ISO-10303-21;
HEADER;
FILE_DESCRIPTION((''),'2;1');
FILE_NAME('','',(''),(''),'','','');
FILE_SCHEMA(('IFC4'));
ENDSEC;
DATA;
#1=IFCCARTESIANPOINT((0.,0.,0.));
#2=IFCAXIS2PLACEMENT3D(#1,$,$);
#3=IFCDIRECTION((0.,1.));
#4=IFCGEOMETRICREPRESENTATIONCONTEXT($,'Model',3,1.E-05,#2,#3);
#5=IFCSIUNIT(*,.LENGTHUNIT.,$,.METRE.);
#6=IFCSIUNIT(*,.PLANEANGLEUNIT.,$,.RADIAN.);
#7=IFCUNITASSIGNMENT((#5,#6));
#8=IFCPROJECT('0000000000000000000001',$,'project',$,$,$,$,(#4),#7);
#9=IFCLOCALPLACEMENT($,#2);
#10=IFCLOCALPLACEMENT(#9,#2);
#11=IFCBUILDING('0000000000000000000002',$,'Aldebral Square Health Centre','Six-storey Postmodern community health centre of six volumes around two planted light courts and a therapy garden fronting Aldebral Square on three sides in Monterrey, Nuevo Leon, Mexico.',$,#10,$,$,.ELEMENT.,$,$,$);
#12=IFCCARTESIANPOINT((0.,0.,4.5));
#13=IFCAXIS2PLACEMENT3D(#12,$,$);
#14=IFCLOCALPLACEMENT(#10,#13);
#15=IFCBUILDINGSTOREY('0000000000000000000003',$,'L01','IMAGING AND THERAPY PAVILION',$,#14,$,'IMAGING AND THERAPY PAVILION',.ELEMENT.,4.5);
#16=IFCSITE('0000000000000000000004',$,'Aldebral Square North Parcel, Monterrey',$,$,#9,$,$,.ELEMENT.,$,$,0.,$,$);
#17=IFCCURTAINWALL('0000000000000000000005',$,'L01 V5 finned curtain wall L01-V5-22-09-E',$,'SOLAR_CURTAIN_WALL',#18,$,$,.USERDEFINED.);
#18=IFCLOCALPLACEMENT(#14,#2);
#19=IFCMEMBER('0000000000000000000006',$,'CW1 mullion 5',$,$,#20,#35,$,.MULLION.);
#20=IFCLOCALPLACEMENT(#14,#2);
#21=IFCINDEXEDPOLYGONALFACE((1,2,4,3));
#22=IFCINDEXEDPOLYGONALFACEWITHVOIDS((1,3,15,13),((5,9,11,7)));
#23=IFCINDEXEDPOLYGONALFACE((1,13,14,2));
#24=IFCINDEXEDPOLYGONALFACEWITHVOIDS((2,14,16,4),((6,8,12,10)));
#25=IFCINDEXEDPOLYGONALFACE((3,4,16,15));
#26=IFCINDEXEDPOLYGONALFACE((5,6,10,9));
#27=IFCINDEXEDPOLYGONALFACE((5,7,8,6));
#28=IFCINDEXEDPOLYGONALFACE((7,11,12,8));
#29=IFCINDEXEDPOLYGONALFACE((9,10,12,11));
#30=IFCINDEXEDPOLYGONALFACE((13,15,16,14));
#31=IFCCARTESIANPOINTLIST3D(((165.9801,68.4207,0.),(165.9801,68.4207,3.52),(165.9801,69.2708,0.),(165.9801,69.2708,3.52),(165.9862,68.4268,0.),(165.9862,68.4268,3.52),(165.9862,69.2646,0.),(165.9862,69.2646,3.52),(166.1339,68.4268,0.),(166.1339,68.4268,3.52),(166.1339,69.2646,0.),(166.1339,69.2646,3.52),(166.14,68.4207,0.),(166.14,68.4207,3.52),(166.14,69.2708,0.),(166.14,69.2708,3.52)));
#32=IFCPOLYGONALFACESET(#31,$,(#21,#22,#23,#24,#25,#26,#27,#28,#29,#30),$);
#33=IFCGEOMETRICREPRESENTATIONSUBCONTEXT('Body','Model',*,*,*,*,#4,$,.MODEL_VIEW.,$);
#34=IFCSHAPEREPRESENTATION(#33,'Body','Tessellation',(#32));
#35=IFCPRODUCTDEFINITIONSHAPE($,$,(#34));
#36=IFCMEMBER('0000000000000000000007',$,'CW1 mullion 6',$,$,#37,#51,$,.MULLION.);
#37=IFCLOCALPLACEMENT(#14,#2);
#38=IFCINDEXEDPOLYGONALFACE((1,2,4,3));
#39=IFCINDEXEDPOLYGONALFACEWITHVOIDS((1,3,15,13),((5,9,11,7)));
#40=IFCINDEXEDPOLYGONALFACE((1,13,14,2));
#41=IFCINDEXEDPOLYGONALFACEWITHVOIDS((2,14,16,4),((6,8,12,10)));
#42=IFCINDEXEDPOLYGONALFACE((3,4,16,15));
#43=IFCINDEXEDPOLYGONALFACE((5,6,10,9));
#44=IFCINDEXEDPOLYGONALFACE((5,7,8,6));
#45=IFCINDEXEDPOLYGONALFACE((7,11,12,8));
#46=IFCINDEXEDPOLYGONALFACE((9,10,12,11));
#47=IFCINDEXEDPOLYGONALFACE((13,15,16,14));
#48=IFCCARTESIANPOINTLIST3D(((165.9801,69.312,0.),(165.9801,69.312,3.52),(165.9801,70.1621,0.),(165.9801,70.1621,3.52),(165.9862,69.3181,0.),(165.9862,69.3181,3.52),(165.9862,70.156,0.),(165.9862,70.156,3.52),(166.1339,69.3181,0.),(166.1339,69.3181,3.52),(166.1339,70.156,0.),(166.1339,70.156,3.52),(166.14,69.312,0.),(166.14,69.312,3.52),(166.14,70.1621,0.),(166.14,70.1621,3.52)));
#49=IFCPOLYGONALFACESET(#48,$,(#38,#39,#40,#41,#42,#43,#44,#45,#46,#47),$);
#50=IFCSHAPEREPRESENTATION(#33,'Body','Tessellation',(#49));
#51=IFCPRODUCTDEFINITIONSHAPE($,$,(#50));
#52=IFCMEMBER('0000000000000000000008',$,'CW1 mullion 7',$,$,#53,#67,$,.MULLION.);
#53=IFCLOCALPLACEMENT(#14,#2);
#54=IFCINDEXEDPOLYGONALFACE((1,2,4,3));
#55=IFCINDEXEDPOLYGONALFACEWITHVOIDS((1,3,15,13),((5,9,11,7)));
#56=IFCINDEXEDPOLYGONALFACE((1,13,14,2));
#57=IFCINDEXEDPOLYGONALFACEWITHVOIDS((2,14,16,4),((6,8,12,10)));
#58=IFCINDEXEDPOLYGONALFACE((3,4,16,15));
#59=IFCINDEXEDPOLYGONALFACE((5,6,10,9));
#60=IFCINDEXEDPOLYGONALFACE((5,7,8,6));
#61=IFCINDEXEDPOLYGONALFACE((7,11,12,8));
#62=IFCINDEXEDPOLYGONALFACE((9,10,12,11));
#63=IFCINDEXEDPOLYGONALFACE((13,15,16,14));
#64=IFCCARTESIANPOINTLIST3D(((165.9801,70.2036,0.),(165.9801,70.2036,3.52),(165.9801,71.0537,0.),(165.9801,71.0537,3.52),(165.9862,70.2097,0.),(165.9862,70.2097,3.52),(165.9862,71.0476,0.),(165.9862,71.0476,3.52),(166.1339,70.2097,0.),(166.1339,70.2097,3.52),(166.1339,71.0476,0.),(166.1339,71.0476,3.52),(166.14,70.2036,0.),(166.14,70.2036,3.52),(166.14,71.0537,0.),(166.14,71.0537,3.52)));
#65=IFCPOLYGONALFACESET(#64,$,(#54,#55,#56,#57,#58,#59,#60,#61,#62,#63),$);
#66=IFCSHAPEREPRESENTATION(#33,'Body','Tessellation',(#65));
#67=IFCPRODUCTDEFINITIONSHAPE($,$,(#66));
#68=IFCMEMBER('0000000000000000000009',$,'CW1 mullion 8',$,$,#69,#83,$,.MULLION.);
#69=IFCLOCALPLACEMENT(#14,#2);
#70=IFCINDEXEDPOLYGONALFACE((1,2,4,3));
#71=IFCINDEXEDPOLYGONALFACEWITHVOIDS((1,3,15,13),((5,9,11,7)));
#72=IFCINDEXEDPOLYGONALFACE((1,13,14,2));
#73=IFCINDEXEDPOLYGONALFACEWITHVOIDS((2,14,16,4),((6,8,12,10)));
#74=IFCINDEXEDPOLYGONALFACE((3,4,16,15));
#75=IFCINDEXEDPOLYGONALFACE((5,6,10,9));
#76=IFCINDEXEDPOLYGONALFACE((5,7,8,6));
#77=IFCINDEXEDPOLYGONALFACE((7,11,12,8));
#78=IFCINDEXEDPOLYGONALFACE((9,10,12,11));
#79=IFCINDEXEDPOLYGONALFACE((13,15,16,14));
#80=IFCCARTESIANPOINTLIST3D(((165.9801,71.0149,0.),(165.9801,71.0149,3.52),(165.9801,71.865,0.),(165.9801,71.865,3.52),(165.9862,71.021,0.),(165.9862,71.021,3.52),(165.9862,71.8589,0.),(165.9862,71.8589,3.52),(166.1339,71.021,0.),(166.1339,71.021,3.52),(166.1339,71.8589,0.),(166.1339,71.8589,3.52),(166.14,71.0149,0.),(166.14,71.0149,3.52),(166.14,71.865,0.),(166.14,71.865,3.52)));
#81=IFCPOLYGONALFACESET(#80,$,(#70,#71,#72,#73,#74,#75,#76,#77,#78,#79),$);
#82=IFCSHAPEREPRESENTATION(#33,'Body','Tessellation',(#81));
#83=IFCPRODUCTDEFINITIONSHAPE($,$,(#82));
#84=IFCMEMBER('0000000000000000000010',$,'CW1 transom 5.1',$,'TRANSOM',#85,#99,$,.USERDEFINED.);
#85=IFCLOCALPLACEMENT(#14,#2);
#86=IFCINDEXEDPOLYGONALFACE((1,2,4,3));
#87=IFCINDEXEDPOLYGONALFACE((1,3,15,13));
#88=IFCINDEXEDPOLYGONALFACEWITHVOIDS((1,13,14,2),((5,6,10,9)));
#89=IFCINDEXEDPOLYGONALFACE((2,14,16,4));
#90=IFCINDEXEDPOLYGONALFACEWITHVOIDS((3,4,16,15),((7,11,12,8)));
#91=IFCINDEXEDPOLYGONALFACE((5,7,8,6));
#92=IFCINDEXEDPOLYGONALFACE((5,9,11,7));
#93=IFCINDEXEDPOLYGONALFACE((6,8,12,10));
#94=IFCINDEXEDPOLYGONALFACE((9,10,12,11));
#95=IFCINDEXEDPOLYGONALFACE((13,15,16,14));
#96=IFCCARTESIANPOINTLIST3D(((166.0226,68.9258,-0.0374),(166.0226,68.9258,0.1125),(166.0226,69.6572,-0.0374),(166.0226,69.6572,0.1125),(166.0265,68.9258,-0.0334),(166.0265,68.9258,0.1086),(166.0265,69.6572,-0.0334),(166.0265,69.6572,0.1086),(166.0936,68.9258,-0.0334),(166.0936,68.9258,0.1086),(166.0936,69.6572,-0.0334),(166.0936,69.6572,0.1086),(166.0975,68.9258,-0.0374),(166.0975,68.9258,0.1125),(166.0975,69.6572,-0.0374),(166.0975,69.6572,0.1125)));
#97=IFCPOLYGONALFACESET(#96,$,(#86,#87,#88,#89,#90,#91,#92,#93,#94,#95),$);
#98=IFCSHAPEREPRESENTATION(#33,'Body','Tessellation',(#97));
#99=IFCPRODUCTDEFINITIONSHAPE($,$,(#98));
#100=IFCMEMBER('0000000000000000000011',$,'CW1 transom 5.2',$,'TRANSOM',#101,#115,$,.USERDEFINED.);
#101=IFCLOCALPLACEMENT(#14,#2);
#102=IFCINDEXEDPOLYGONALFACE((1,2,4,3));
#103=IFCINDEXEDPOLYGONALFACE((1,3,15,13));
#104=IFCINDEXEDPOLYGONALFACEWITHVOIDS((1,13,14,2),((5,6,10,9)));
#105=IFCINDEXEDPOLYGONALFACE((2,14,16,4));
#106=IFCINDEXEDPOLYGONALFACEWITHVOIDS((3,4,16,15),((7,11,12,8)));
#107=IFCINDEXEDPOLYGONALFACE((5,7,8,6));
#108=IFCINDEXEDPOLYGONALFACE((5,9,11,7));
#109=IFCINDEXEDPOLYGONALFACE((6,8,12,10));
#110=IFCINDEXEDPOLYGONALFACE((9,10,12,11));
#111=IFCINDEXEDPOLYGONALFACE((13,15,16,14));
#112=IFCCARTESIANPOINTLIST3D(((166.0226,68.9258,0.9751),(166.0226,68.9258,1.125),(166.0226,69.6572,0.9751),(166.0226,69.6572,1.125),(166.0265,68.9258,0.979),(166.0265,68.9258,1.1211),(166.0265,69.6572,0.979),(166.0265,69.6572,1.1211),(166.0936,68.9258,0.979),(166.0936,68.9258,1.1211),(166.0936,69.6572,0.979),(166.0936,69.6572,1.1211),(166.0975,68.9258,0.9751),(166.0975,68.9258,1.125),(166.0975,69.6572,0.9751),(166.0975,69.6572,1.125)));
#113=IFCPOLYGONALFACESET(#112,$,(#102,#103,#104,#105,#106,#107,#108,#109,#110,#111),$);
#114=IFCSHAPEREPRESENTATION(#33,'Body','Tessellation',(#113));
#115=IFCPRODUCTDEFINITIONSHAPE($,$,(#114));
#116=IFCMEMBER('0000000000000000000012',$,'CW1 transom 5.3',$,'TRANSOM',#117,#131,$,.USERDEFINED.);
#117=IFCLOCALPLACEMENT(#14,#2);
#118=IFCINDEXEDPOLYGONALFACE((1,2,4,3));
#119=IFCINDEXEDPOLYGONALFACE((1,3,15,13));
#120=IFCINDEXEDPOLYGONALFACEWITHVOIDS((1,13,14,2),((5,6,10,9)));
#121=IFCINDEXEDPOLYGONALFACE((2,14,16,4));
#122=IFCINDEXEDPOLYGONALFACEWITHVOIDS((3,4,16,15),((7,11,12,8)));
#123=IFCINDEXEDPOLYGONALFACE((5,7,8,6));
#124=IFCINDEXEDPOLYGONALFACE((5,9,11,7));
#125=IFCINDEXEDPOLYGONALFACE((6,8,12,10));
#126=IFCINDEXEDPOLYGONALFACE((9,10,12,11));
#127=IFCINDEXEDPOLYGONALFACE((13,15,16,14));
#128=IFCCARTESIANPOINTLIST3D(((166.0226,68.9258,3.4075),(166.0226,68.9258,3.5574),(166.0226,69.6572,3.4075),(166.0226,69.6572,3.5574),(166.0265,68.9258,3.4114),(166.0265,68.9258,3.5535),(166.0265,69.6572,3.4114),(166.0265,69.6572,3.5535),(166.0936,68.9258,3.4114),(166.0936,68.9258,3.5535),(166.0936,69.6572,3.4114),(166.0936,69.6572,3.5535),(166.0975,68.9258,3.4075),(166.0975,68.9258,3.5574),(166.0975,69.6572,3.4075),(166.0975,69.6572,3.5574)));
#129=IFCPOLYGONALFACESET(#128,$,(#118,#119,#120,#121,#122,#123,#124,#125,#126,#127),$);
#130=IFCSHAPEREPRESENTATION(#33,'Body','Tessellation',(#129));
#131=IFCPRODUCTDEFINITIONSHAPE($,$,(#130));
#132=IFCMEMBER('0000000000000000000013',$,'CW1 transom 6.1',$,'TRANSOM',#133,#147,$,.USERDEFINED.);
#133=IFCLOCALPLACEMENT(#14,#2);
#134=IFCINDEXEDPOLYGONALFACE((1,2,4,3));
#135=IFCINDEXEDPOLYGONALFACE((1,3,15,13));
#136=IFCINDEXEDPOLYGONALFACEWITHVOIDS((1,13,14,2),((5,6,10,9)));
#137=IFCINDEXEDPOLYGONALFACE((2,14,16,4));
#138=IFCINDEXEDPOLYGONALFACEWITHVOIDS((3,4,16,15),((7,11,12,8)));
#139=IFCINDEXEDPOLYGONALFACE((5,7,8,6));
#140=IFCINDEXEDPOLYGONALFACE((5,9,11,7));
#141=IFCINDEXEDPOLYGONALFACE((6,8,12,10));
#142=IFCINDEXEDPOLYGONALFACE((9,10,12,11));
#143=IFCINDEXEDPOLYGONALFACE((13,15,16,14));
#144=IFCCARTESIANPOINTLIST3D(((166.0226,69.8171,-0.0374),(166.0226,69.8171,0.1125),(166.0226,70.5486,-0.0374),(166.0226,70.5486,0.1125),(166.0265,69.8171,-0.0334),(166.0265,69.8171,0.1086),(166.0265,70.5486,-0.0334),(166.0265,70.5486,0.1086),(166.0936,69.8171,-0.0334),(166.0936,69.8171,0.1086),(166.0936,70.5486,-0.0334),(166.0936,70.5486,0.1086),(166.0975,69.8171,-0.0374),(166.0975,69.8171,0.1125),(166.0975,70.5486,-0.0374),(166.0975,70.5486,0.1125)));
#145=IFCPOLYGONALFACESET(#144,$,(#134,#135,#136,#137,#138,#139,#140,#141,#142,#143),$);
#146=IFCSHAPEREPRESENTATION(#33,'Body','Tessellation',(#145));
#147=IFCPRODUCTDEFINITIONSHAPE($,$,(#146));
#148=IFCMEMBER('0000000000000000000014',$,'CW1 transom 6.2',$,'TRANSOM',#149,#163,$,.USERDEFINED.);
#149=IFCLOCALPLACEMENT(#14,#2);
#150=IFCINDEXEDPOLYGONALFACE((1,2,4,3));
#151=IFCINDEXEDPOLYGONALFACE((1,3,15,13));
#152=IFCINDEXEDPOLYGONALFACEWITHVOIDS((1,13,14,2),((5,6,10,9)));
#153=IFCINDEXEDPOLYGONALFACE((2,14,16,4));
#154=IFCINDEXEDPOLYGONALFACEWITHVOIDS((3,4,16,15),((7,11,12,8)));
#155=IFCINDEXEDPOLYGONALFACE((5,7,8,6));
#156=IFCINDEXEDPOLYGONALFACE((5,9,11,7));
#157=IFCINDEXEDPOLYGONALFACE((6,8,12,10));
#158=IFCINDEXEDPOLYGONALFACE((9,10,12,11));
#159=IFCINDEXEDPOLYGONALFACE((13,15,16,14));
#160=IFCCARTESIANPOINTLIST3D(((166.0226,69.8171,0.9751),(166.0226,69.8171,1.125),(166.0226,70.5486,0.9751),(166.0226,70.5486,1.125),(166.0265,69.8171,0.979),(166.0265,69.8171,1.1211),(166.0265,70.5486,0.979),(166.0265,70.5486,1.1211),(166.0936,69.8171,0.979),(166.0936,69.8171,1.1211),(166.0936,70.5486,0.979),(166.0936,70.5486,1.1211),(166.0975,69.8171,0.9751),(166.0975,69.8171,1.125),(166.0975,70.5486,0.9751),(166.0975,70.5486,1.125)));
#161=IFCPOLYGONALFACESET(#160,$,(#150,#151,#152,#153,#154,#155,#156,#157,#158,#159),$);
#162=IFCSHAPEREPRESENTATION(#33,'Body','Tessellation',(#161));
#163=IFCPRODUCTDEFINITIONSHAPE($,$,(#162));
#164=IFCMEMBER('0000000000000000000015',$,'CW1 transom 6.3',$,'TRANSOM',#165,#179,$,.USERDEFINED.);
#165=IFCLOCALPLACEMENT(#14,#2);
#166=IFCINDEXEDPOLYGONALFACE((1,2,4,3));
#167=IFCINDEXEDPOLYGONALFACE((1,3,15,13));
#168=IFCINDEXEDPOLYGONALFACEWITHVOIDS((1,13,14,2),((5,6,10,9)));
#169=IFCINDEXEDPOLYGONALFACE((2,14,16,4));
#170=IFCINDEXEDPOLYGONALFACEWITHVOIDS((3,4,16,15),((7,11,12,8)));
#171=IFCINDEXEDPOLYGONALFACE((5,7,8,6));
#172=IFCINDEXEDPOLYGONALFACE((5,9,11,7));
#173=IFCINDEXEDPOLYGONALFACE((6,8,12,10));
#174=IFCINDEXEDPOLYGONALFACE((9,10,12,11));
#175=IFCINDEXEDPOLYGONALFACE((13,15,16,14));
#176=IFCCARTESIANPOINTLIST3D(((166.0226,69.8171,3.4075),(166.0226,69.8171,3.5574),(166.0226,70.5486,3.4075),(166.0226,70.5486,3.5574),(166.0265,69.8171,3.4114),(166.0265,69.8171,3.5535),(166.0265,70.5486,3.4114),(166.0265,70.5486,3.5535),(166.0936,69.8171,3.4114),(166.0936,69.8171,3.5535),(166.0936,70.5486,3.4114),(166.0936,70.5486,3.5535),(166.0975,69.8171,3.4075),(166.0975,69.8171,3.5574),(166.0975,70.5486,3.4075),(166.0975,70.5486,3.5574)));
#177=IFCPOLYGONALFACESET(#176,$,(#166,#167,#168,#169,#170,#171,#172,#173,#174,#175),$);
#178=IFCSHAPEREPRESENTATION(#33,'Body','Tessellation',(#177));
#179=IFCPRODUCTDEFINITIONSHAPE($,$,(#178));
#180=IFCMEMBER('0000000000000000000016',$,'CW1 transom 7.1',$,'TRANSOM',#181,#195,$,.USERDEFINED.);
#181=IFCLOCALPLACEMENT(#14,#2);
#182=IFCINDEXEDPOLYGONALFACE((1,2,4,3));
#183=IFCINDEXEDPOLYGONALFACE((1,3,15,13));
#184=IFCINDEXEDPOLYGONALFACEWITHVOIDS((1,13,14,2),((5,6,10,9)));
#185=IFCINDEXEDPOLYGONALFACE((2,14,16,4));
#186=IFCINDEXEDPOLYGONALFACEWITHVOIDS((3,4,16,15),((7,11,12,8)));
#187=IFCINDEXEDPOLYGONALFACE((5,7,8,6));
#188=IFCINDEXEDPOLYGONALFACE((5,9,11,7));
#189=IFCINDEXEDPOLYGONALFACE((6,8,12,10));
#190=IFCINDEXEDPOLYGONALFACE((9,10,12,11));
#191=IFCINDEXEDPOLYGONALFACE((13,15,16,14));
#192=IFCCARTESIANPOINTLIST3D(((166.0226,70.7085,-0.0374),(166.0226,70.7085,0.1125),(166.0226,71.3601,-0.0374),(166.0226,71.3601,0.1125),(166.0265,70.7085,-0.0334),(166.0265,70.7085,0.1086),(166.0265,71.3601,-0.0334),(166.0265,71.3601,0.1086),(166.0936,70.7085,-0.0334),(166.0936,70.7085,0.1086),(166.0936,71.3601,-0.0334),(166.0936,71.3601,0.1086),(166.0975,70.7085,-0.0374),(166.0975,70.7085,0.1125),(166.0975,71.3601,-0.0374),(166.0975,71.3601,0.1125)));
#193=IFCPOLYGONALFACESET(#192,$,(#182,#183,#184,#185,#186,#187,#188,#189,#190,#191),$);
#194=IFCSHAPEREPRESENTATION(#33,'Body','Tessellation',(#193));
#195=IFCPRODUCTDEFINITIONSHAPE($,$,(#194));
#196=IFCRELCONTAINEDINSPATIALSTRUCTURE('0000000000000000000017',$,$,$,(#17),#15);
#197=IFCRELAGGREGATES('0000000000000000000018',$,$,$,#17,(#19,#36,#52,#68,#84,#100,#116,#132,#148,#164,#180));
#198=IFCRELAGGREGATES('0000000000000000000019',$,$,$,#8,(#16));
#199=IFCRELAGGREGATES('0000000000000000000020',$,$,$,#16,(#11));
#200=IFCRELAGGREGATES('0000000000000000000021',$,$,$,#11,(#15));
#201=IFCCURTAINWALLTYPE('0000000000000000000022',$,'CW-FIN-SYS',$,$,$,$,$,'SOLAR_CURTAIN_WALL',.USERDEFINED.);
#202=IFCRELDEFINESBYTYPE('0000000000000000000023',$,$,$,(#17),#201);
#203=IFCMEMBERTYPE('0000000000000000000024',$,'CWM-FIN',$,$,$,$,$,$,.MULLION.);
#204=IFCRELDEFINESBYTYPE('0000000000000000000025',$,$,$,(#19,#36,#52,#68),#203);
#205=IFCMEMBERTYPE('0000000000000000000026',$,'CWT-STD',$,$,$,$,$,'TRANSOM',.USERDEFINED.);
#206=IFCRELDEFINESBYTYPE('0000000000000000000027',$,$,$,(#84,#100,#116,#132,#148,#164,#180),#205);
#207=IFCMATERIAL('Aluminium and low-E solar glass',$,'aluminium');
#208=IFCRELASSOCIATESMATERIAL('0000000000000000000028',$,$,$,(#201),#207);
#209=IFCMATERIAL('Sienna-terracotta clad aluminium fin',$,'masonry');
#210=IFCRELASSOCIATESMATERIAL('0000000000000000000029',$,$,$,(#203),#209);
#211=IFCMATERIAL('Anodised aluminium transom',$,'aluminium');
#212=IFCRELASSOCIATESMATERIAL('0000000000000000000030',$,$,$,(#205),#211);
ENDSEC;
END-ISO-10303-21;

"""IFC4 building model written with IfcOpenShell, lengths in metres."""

from ifc_helpers import new_model, si_unit, direction, frame, origin, origin_2d, place, context, subcontext, project, spatial, hollow_rectangle, extrude, material, material_profile, profile_set, type_object, element, aggregate, save


model = new_model("IFC4")

# Units and contexts
model_context = context("Model", 3, precision=1e-05, world=origin(), true_north=direction((0.0, 1.0)))
body_context = subcontext(model_context, "Body", "Model", "MODEL_VIEW")
ifc_project = project(units=[si_unit("LENGTHUNIT", "METRE"), si_unit("PLANEANGLEUNIT", "RADIAN")], contexts=[model_context])

# Site, building, storey
site_placement = place(None, origin())
site = spatial("IfcSite", under=ifc_project, at=site_placement, Name="Aldebral Square North Parcel, Monterrey", CompositionType="ELEMENT", RefElevation=0.0)
building_placement = place(site_placement, origin())
building = spatial("IfcBuilding", under=site, at=building_placement, Name="Aldebral Square Health Centre", Description="Six-storey Postmodern community health centre of six volumes around two planted light courts and a therapy garden fronting Aldebral Square on three sides in Monterrey, Nuevo Leon, Mexico.", CompositionType="ELEMENT")
storey_placement = place(building_placement, frame((0.0, 0.0, 4.5)))
storey = spatial("IfcBuildingStorey", under=building, at=storey_placement, Name="L01", Description="IMAGING AND THERAPY PAVILION", LongName="IMAGING AND THERAPY PAVILION", CompositionType="ELEMENT", Elevation=4.5)

# Curtain wall, members
ifc_material_1 = material(Name="Aluminium and low-E solar glass", Category="aluminium")
curtain_wall_type = type_object("IfcCurtainWallType", Name="CW-FIN-SYS", ElementType="SOLAR_CURTAIN_WALL", PredefinedType="USERDEFINED", material=ifc_material_1)
curtain_wall_placement = place(storey_placement, origin())
curtain_wall = element("IfcCurtainWall", 1, at=curtain_wall_placement, inside=storey, type_object=curtain_wall_type, Name="L01 V5 finned curtain wall L01-V5-22-09-E", ObjectType="SOLAR_CURTAIN_WALL", PredefinedType="USERDEFINED")
ifc_material_2 = material(Name="Sienna-terracotta clad aluminium fin", Category="masonry")
ifc_material_profile_1 = material_profile(ifc_material_2, hollow_rectangle(XDim=0.1599, YDim=0.8501, WallThickness=0.0061, at=origin_2d()), Name="FIN 160x850x6")
ifc_profile_set_1 = profile_set([ifc_material_profile_1], Name="Sienna-terracotta clad aluminium fin")
member_type_1 = type_object("IfcMemberType", Name="CWM-FIN", PredefinedType="MULLION", material=ifc_profile_set_1)
member_1_placement = place(storey_placement, frame((166.0601, 68.8457, 0.0), z_axis=(0.0, 0.0, 1.0), x_axis=(-1.0, 0.0, 0.0)))
member_1 = element("IfcMember", 2, at=member_1_placement, type_object=member_type_1, Name="CW1 mullion 5", PredefinedType="MULLION", context=body_context, shape_type="SweptSolid", body=[
    extrude(hollow_rectangle(XDim=0.1599, YDim=0.8501, WallThickness=0.0061, at=origin_2d()), origin(), (0.0, 0.0, 1.0), 3.52),
])
member_2_placement = place(storey_placement, frame((166.0601, 69.7371, 0.0), z_axis=(0.0, 0.0, 1.0), x_axis=(-1.0, 0.0, 0.0)))
member_2 = element("IfcMember", 3, at=member_2_placement, type_object=member_type_1, Name="CW1 mullion 6", PredefinedType="MULLION", context=body_context, shape_type="SweptSolid", body=[
    extrude(hollow_rectangle(XDim=0.1599, YDim=0.8501, WallThickness=0.0061, at=origin_2d()), origin(), (0.0, 0.0, 1.0), 3.52),
])
member_3_placement = place(storey_placement, frame((166.0601, 70.6287, 0.0), z_axis=(0.0, 0.0, 1.0), x_axis=(-1.0, 0.0, 0.0)))
member_3 = element("IfcMember", 4, at=member_3_placement, type_object=member_type_1, Name="CW1 mullion 7", PredefinedType="MULLION", context=body_context, shape_type="SweptSolid", body=[
    extrude(hollow_rectangle(XDim=0.1599, YDim=0.8501, WallThickness=0.0061, at=origin_2d()), origin(), (0.0, 0.0, 1.0), 3.52),
])
member_4_placement = place(storey_placement, frame((166.0601, 71.4399, 0.0), z_axis=(0.0, 0.0, 1.0), x_axis=(-1.0, 0.0, 0.0)))
member_4 = element("IfcMember", 5, at=member_4_placement, type_object=member_type_1, Name="CW1 mullion 8", PredefinedType="MULLION", context=body_context, shape_type="SweptSolid", body=[
    extrude(hollow_rectangle(XDim=0.1599, YDim=0.8501, WallThickness=0.0061, at=origin_2d()), origin(), (0.0, 0.0, 1.0), 3.52),
])
ifc_material_3 = material(Name="Anodised aluminium transom", Category="aluminium")
ifc_material_profile_2 = material_profile(ifc_material_3, hollow_rectangle(XDim=0.075, YDim=0.1499, WallThickness=0.0039, at=origin_2d()), Name="CWT 75x150x4")
ifc_profile_set_2 = profile_set([ifc_material_profile_2], Name="Anodised aluminium transom")
member_type_2 = type_object("IfcMemberType", Name="CWT-STD", ElementType="TRANSOM", PredefinedType="USERDEFINED", material=ifc_profile_set_2)
member_5_placement = place(storey_placement, frame((166.0601, 68.9258, 0.0376), z_axis=(0.0, 1.0, 0.0), x_axis=(-1.0, 0.0, 0.0)))
member_5 = element("IfcMember", 6, at=member_5_placement, type_object=member_type_2, Name="CW1 transom 5.1", ObjectType="TRANSOM", PredefinedType="USERDEFINED", context=body_context, shape_type="SweptSolid", body=[
    extrude(hollow_rectangle(XDim=0.075, YDim=0.1499, WallThickness=0.0039, at=origin_2d()), origin(), (0.0, 0.0, 1.0), 0.7314),
])
member_6_placement = place(storey_placement, frame((166.0601, 68.9258, 1.05), z_axis=(0.0, 1.0, 0.0), x_axis=(-1.0, 0.0, 0.0)))
member_6 = element("IfcMember", 7, at=member_6_placement, type_object=member_type_2, Name="CW1 transom 5.2", ObjectType="TRANSOM", PredefinedType="USERDEFINED", context=body_context, shape_type="SweptSolid", body=[
    extrude(hollow_rectangle(XDim=0.075, YDim=0.1499, WallThickness=0.0039, at=origin_2d()), origin(), (0.0, 0.0, 1.0), 0.7314),
])
member_7_placement = place(storey_placement, frame((166.0601, 68.9258, 3.4824), z_axis=(0.0, 1.0, 0.0), x_axis=(-1.0, 0.0, 0.0)))
member_7 = element("IfcMember", 8, at=member_7_placement, type_object=member_type_2, Name="CW1 transom 5.3", ObjectType="TRANSOM", PredefinedType="USERDEFINED", context=body_context, shape_type="SweptSolid", body=[
    extrude(hollow_rectangle(XDim=0.075, YDim=0.1499, WallThickness=0.0039, at=origin_2d()), origin(), (0.0, 0.0, 1.0), 0.7314),
])
member_8_placement = place(storey_placement, frame((166.0601, 69.8171, 0.0376), z_axis=(0.0, 1.0, 0.0), x_axis=(-1.0, 0.0, 0.0)))
member_8 = element("IfcMember", 9, at=member_8_placement, type_object=member_type_2, Name="CW1 transom 6.1", ObjectType="TRANSOM", PredefinedType="USERDEFINED", context=body_context, shape_type="SweptSolid", body=[
    extrude(hollow_rectangle(XDim=0.075, YDim=0.1499, WallThickness=0.0039, at=origin_2d()), origin(), (0.0, 0.0, 1.0), 0.7314),
])
member_9_placement = place(storey_placement, frame((166.0601, 69.8171, 1.05), z_axis=(0.0, 1.0, 0.0), x_axis=(-1.0, 0.0, 0.0)))
member_9 = element("IfcMember", 10, at=member_9_placement, type_object=member_type_2, Name="CW1 transom 6.2", ObjectType="TRANSOM", PredefinedType="USERDEFINED", context=body_context, shape_type="SweptSolid", body=[
    extrude(hollow_rectangle(XDim=0.075, YDim=0.1499, WallThickness=0.0039, at=origin_2d()), origin(), (0.0, 0.0, 1.0), 0.7314),
])
member_10_placement = place(storey_placement, frame((166.0601, 69.8171, 3.4824), z_axis=(0.0, 1.0, 0.0), x_axis=(-1.0, 0.0, 0.0)))
member_10 = element("IfcMember", 11, at=member_10_placement, type_object=member_type_2, Name="CW1 transom 6.3", ObjectType="TRANSOM", PredefinedType="USERDEFINED", context=body_context, shape_type="SweptSolid", body=[
    extrude(hollow_rectangle(XDim=0.075, YDim=0.1499, WallThickness=0.0039, at=origin_2d()), origin(), (0.0, 0.0, 1.0), 0.7314),
])
member_11_placement = place(storey_placement, frame((166.0601, 70.7085, 0.0376), z_axis=(0.0, 1.0, 0.0), x_axis=(-1.0, 0.0, 0.0)))
member_11 = element("IfcMember", 12, at=member_11_placement, type_object=member_type_2, Name="CW1 transom 7.1", ObjectType="TRANSOM", PredefinedType="USERDEFINED", context=body_context, shape_type="SweptSolid", body=[
    extrude(hollow_rectangle(XDim=0.075, YDim=0.1499, WallThickness=0.0039, at=origin_2d()), origin(), (0.0, 0.0, 1.0), 0.6516),
])
aggregate(curtain_wall, [member_1, member_2, member_3, member_4, member_5, member_6, member_7, member_8, member_9, member_10, member_11])

save(model, "model.ifc")
